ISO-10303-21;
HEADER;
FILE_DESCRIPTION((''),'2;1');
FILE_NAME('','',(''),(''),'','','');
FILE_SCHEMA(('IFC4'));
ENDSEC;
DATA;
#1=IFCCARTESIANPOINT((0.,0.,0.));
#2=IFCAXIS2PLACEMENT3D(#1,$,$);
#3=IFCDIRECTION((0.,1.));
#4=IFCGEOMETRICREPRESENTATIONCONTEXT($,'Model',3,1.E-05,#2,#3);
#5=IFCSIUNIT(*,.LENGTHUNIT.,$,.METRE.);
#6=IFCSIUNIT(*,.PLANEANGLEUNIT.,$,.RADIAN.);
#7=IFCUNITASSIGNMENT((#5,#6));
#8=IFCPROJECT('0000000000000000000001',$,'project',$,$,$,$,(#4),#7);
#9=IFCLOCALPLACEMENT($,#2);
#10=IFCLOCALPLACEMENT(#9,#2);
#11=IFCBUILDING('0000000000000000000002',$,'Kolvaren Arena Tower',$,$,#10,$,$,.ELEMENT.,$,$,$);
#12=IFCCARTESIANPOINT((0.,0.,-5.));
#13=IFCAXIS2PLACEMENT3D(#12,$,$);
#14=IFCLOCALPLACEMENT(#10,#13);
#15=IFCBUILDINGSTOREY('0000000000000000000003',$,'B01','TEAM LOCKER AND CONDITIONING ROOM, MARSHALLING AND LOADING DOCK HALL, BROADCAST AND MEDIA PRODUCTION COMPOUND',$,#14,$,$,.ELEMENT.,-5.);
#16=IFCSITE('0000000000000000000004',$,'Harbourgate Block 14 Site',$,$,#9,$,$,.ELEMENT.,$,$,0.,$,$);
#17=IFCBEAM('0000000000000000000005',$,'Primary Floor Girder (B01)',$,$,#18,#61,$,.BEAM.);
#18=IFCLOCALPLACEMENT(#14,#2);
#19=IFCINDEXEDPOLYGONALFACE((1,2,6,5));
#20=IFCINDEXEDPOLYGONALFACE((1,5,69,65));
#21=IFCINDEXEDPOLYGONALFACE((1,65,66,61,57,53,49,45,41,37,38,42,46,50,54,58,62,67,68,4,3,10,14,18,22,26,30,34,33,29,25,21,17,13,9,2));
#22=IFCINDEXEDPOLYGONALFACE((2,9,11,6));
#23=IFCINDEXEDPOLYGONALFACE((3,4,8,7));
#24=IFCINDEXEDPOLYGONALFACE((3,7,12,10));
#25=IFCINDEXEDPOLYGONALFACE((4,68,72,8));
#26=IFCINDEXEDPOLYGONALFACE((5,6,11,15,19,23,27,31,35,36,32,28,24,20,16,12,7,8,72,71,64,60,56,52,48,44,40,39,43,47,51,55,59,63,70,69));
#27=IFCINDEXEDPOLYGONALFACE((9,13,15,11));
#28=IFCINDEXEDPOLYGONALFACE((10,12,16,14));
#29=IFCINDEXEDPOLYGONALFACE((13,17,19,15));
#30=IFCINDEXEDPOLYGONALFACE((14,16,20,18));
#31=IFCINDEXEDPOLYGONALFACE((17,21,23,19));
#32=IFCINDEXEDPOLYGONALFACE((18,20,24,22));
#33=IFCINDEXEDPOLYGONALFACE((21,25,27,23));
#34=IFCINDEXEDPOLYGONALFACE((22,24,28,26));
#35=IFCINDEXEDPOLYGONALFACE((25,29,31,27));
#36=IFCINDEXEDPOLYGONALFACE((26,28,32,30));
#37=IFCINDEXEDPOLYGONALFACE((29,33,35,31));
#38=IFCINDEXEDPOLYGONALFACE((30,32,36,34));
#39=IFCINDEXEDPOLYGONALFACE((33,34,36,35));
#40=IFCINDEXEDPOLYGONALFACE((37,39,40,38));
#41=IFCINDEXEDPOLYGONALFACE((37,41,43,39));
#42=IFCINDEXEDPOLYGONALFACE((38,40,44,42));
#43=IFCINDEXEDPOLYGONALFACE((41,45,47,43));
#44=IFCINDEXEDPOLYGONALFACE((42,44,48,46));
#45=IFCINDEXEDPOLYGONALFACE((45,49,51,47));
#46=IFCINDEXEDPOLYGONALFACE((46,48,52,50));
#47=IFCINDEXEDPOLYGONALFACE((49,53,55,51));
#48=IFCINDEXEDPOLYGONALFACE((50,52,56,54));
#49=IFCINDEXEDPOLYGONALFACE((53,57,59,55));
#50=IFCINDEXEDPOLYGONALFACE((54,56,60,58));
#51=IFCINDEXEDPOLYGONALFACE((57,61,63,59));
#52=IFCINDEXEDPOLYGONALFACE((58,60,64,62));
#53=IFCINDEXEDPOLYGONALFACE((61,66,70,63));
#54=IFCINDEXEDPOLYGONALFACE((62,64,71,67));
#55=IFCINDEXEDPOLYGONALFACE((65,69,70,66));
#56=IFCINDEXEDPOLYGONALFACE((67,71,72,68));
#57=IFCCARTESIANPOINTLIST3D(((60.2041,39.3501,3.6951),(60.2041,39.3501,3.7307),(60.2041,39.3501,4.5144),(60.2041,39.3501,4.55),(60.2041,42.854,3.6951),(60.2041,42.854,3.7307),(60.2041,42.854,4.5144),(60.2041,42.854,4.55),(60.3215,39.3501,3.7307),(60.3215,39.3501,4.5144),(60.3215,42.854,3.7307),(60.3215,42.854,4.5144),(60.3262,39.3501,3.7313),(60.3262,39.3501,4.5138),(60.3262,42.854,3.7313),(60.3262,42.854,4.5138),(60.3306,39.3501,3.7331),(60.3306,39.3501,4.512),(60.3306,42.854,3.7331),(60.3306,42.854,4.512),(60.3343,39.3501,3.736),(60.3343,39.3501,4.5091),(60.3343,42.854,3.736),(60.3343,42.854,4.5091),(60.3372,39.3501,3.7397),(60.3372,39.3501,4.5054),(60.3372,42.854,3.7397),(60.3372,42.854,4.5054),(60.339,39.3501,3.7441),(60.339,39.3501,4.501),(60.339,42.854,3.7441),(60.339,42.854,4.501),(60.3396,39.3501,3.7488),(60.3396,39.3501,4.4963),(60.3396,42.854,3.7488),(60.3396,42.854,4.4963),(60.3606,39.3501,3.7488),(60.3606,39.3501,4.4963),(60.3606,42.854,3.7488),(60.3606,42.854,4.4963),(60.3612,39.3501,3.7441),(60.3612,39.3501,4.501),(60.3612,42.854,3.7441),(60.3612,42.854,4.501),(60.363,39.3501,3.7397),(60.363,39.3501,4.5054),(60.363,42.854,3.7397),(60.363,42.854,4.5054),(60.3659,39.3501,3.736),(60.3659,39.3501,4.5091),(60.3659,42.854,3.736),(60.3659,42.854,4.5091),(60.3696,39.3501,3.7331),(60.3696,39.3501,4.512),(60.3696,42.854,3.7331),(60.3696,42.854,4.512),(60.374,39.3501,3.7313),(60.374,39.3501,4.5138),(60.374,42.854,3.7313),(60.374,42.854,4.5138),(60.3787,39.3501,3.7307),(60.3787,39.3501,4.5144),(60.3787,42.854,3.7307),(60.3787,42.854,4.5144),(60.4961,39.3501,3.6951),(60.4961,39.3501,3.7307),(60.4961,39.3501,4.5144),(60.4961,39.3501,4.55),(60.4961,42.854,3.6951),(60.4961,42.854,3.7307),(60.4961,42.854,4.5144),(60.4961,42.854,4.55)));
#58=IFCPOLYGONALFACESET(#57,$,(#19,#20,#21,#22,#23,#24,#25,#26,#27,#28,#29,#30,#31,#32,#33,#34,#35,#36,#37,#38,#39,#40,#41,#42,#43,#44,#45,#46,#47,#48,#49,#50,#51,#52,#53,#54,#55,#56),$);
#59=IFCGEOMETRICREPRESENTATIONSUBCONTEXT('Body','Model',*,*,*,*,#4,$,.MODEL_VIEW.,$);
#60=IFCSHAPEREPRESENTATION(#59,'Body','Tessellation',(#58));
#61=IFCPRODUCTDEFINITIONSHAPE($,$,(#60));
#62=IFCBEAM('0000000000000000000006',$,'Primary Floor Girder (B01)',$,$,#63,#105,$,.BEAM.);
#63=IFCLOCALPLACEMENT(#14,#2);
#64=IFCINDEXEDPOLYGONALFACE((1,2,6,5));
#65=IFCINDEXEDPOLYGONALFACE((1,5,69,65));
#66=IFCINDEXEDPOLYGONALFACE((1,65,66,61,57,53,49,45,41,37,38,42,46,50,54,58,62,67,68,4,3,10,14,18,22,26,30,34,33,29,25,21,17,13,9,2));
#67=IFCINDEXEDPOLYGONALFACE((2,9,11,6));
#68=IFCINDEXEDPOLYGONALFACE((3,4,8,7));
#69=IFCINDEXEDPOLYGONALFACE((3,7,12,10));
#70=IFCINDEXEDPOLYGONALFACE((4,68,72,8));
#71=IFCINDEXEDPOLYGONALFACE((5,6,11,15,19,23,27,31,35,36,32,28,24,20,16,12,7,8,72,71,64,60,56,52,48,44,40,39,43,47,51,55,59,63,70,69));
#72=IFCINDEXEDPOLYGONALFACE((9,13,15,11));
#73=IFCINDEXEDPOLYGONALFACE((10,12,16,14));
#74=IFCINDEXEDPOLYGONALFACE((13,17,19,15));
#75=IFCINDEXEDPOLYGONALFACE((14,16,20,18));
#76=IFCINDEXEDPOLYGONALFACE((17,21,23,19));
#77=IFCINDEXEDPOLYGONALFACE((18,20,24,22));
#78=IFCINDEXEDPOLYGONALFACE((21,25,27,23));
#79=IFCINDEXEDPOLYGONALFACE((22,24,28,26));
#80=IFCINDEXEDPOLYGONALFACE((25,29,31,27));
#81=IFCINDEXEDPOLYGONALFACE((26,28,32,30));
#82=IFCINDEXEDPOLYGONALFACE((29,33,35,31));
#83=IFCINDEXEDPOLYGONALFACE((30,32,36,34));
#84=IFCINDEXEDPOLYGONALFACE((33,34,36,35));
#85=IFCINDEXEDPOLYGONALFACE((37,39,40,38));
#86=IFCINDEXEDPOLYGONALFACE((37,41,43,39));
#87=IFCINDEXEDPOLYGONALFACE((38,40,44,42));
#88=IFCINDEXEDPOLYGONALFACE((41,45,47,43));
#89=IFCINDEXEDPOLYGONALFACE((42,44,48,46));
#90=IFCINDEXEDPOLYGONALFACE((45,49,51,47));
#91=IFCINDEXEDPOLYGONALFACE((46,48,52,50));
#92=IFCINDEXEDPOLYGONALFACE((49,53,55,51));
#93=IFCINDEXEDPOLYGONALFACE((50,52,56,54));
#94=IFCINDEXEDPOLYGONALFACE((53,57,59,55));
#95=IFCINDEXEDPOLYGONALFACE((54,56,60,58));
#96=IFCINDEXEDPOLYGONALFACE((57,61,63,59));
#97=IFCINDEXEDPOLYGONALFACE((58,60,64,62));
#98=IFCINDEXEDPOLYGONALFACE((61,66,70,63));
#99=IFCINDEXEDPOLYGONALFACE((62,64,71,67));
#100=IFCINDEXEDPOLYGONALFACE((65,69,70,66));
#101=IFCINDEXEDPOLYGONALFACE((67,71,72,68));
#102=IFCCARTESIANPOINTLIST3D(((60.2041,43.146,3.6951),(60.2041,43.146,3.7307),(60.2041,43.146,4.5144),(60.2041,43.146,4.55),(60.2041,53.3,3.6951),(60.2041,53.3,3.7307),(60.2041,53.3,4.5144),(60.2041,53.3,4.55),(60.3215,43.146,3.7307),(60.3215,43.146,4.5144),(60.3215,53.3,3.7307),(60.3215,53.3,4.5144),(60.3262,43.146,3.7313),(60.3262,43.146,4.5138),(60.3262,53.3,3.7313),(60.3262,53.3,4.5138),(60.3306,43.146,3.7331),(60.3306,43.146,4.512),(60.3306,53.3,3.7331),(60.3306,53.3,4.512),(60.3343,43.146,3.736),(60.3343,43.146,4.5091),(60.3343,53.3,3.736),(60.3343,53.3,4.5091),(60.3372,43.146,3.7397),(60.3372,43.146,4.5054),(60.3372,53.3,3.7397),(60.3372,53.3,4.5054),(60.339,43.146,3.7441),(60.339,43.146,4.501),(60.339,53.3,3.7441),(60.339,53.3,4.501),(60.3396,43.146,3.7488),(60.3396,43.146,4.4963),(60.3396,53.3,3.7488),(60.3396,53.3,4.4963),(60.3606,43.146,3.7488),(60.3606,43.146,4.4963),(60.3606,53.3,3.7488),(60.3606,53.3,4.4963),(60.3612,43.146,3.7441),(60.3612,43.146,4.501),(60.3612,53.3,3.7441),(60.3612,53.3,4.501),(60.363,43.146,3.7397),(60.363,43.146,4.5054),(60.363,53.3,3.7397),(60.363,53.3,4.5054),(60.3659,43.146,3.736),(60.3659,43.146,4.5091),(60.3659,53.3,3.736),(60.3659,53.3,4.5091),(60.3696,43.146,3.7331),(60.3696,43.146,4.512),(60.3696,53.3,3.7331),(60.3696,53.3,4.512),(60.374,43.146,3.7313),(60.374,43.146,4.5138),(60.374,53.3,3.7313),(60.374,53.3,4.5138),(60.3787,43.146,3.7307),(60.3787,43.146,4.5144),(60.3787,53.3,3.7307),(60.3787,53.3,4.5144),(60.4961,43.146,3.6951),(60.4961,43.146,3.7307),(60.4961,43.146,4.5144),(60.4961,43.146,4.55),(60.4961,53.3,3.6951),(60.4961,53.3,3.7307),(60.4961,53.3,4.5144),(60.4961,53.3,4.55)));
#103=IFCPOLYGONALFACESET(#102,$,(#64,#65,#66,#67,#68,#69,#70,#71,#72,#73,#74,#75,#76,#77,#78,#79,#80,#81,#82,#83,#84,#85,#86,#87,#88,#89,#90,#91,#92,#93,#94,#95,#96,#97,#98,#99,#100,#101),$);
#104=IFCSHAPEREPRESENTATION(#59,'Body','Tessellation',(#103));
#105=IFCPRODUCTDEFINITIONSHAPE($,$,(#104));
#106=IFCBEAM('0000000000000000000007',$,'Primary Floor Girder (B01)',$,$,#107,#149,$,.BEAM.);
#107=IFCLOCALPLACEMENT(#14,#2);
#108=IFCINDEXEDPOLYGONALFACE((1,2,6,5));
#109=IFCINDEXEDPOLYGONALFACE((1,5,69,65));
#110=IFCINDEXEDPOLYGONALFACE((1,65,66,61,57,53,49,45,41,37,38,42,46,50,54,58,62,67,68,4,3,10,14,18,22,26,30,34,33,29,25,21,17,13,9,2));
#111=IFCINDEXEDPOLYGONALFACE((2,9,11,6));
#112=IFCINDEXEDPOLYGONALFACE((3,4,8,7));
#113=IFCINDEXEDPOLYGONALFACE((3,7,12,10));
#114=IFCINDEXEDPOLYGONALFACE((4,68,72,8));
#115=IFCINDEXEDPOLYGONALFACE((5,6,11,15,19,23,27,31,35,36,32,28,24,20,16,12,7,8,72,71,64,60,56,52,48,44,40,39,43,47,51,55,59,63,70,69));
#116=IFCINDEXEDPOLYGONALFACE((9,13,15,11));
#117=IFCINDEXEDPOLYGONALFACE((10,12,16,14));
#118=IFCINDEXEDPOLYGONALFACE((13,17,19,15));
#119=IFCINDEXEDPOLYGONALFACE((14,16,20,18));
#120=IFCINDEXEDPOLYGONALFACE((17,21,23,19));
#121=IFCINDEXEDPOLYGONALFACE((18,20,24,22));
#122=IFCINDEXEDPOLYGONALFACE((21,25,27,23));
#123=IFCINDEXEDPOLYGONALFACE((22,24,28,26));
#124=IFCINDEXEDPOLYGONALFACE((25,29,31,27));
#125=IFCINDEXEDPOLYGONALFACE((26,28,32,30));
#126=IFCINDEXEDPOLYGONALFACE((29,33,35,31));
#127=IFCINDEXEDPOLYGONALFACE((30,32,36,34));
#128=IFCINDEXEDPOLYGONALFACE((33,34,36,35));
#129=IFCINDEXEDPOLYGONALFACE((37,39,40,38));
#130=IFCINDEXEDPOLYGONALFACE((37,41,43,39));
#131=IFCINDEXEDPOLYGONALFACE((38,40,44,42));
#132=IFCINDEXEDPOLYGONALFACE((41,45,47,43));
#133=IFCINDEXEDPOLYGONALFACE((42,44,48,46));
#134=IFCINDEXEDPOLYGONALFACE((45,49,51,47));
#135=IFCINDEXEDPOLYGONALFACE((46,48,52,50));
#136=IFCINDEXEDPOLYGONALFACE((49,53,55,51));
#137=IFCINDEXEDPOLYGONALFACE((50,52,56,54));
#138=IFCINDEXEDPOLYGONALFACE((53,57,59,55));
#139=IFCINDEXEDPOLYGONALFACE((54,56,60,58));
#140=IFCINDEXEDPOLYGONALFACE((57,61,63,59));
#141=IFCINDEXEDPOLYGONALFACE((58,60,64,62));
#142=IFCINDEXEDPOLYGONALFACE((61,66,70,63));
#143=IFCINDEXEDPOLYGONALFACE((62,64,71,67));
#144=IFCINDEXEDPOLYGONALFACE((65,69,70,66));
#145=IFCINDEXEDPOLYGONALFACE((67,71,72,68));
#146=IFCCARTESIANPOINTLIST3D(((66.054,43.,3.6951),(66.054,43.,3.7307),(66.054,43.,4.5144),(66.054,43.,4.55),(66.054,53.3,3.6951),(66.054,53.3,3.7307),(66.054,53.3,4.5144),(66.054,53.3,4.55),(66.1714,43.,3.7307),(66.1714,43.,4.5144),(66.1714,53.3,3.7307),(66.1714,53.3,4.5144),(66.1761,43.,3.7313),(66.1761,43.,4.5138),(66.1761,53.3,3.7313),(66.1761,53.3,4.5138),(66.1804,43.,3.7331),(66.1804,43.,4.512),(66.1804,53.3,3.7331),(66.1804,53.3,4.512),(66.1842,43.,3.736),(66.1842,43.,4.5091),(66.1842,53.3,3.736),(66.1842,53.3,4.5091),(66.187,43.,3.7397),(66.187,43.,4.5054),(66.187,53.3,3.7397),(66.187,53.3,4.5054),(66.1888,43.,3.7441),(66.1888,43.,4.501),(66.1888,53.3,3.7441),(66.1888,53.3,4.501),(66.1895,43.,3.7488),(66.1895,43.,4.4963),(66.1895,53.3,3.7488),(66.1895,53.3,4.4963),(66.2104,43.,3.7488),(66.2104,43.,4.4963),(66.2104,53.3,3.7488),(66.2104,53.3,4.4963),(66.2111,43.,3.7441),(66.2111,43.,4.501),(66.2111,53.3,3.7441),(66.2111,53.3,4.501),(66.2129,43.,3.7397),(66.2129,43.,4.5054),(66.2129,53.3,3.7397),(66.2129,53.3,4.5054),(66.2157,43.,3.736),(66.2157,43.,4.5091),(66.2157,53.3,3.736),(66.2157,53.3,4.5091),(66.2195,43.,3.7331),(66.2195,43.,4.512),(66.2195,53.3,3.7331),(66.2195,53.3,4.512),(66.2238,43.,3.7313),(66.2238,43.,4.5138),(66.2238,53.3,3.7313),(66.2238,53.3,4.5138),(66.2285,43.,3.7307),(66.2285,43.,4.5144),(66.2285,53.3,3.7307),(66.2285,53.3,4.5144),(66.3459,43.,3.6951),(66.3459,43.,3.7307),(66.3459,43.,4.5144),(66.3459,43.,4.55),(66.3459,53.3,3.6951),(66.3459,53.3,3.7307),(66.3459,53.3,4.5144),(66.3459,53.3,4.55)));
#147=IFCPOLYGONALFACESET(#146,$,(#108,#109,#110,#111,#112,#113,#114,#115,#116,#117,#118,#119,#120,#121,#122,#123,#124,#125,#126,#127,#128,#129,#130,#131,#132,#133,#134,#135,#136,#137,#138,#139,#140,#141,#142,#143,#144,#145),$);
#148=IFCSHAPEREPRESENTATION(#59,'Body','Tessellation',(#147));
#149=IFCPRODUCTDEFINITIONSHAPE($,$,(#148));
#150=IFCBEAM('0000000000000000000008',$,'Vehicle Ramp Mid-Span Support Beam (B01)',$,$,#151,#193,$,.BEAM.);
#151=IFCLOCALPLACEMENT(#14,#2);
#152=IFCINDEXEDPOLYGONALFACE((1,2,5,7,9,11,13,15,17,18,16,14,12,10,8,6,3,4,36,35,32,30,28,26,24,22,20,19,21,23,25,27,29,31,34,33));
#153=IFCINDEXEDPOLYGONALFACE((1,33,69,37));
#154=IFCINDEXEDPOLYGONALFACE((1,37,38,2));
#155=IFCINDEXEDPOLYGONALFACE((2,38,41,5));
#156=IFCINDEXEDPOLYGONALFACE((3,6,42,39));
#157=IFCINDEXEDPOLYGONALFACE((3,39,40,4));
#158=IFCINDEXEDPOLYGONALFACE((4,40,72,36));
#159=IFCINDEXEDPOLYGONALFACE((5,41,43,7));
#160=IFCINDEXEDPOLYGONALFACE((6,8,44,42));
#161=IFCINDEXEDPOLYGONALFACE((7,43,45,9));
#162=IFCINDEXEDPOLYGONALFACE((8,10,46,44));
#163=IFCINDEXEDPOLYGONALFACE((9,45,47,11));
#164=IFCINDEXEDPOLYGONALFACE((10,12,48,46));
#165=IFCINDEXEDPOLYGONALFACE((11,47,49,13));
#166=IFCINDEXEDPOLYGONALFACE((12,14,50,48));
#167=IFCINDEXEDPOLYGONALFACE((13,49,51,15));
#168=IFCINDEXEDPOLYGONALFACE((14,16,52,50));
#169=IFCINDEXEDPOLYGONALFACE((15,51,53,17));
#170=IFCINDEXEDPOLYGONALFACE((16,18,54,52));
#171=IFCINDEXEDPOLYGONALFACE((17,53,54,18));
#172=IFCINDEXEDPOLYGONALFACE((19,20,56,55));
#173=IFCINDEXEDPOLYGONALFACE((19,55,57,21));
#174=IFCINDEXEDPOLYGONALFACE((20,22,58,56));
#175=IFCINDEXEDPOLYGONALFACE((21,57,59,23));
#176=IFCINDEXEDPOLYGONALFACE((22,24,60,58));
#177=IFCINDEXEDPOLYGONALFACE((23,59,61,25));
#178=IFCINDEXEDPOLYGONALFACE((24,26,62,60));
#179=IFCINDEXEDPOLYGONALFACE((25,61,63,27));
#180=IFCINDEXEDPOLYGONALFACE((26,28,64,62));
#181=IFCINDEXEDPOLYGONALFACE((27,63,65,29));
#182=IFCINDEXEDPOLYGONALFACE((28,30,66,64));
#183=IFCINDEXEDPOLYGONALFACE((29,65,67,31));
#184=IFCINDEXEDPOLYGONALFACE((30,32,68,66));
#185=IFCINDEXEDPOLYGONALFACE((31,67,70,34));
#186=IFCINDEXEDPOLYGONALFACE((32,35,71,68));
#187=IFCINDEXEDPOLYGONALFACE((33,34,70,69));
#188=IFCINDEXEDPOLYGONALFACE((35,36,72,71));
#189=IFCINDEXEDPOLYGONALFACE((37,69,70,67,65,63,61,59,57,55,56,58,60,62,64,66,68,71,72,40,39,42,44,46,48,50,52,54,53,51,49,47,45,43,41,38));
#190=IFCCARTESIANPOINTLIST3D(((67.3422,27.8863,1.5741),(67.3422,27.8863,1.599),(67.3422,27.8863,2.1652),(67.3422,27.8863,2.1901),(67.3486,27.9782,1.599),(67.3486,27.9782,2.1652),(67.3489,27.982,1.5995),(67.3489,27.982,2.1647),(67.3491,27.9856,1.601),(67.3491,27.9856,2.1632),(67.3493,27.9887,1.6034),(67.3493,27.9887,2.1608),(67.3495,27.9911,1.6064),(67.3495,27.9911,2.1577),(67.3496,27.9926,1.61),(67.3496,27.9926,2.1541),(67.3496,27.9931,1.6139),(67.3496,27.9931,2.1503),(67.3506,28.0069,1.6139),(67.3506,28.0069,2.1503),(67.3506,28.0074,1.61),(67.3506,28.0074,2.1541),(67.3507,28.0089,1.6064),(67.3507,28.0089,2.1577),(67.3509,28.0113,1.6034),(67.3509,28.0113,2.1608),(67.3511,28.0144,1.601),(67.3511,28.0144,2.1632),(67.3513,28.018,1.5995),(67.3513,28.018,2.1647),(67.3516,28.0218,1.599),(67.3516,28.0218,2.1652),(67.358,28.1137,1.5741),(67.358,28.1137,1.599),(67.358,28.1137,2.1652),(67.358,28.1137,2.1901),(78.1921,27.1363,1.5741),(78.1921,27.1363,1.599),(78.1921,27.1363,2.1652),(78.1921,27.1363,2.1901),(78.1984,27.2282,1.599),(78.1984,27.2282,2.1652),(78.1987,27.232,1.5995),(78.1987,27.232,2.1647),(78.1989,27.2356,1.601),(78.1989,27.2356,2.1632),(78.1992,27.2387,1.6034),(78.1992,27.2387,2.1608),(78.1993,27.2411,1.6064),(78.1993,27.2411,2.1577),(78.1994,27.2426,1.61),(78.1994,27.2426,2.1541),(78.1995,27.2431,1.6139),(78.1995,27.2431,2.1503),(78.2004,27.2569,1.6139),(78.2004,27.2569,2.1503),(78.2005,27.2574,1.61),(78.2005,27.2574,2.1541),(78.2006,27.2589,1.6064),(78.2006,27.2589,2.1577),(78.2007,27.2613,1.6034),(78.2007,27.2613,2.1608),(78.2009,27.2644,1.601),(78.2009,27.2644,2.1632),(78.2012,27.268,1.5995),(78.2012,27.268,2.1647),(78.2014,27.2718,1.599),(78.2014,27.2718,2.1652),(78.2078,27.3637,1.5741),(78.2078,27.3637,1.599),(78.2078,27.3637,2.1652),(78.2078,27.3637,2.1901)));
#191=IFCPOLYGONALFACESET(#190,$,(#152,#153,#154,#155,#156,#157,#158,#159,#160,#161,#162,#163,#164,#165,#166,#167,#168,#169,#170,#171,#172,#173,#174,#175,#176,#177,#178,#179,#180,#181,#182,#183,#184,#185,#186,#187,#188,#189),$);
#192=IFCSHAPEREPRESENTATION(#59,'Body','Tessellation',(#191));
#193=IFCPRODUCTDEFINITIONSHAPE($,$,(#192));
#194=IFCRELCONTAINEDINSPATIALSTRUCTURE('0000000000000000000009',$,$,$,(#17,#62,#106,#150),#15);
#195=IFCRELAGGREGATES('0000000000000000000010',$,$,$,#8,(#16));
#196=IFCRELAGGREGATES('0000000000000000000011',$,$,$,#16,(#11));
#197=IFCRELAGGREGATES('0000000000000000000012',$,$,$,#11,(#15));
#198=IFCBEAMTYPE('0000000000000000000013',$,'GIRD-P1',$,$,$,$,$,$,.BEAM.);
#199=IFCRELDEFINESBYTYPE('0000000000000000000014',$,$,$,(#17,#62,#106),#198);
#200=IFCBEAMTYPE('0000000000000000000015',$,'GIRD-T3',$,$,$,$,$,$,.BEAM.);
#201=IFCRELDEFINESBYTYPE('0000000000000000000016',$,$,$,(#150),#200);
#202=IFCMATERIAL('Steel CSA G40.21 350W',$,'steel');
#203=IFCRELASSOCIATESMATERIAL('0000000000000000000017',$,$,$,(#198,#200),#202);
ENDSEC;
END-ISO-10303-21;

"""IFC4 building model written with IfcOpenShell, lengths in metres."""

from ifc_helpers import new_model, si_unit, direction, frame, origin, origin_2d, place, context, subcontext, project, spatial, i_section, extrude, material, material_profile, profile_set, type_object, element, save


model = new_model("IFC4")

# Units and contexts
model_context = context("Model", 3, precision=1e-05, world=origin(), true_north=direction((0.0, 1.0)))
body_context = subcontext(model_context, "Body", "Model", "MODEL_VIEW")
ifc_project = project(units=[si_unit("LENGTHUNIT", "METRE"), si_unit("PLANEANGLEUNIT", "RADIAN")], contexts=[model_context])

# Site, building, storey
site_placement = place(None, origin())
site = spatial("IfcSite", under=ifc_project, at=site_placement, Name="Harbourgate Block 14 Site", CompositionType="ELEMENT", RefElevation=0.0)
building_placement = place(site_placement, origin())
building = spatial("IfcBuilding", under=site, at=building_placement, Name="Kolvaren Arena Tower", CompositionType="ELEMENT")
storey_placement = place(building_placement, frame((0.0, 0.0, -5.0)))
storey = spatial("IfcBuildingStorey", under=building, at=storey_placement, Name="B01", Description="TEAM LOCKER AND CONDITIONING ROOM, MARSHALLING AND LOADING DOCK HALL, BROADCAST AND MEDIA PRODUCTION COMPOUND", CompositionType="ELEMENT", Elevation=-5.0)

# Beams
ifc_material_1 = material(Name="Steel CSA G40.21 350W", Category="steel")
ifc_material_profile_1 = material_profile(ifc_material_1, i_section(OverallWidth=0.292, OverallDepth=0.855, WebThickness=0.021, FlangeThickness=0.0356, FilletRadius=0.0181, at=origin_2d()), Name="W840x299")
ifc_profile_set_1 = profile_set([ifc_material_profile_1], Name="Steel CSA G40.21 350W")
beam_type_1 = type_object("IfcBeamType", Name="GIRD-P1", PredefinedType="BEAM", material=ifc_profile_set_1)
beam_1_placement = place(storey_placement, frame((60.3501, 39.3501, 4.1226), z_axis=(0.0, 1.0, 0.0), x_axis=(-1.0, 0.0, 0.0)))
element("IfcBeam", 1, at=beam_1_placement, inside=storey, type_object=beam_type_1, Name="Primary Floor Girder (B01)", PredefinedType="BEAM", context=body_context, shape_type="SweptSolid", body=[
    extrude(i_section(OverallWidth=0.292, OverallDepth=0.855, WebThickness=0.021, FlangeThickness=0.0356, FilletRadius=0.0181, at=origin_2d()), origin(), (0.0, 0.0, 1.0), 3.5039),
])
beam_2_placement = place(storey_placement, frame((60.3501, 43.146, 4.1226), z_axis=(0.0, 1.0, 0.0), x_axis=(-1.0, 0.0, 0.0)))
element("IfcBeam", 2, at=beam_2_placement, inside=storey, type_object=beam_type_1, Name="Primary Floor Girder (B01)", PredefinedType="BEAM", context=body_context, shape_type="SweptSolid", body=[
    extrude(i_section(OverallWidth=0.292, OverallDepth=0.855, WebThickness=0.021, FlangeThickness=0.0356, FilletRadius=0.0181, at=origin_2d()), origin(), (0.0, 0.0, 1.0), 10.1541),
])
beam_3_placement = place(storey_placement, frame((66.2, 43.0, 4.1226), z_axis=(0.0, 1.0, 0.0), x_axis=(-1.0, 0.0, 0.0)))
element("IfcBeam", 3, at=beam_3_placement, inside=storey, type_object=beam_type_1, Name="Primary Floor Girder (B01)", PredefinedType="BEAM", context=body_context, shape_type="SweptSolid", body=[
    extrude(i_section(OverallWidth=0.292, OverallDepth=0.855, WebThickness=0.021, FlangeThickness=0.0356, FilletRadius=0.0181, at=origin_2d()), origin(), (0.0, 0.0, 1.0), 10.3),
])
ifc_material_profile_2 = material_profile(ifc_material_1, i_section(OverallWidth=0.228, OverallDepth=0.616, WebThickness=0.0139, FlangeThickness=0.0249, FilletRadius=0.0149, at=origin_2d()), Name="W610x174")
ifc_profile_set_2 = profile_set([ifc_material_profile_2], Name="Steel CSA G40.21 350W")
beam_type_2 = type_object("IfcBeamType", Name="GIRD-T3", PredefinedType="BEAM", material=ifc_profile_set_2)
beam_4_placement = place(storey_placement, frame((67.3501, 28.0, 1.8821), z_axis=(0.997619, -0.068961, 0.0), x_axis=(0.068961, 0.997619, 0.0)))
element("IfcBeam", 4, at=beam_4_placement, inside=storey, type_object=beam_type_2, Name="Vehicle Ramp Mid-Span Support Beam (B01)", PredefinedType="BEAM", context=body_context, shape_type="SweptSolid", body=[
    extrude(i_section(OverallWidth=0.228, OverallDepth=0.616, WebThickness=0.0139, FlangeThickness=0.0249, FilletRadius=0.0149, at=origin_2d()), origin(), (0.0, 0.0, 1.0), 10.8757),
])

save(model, "model.ifc")
